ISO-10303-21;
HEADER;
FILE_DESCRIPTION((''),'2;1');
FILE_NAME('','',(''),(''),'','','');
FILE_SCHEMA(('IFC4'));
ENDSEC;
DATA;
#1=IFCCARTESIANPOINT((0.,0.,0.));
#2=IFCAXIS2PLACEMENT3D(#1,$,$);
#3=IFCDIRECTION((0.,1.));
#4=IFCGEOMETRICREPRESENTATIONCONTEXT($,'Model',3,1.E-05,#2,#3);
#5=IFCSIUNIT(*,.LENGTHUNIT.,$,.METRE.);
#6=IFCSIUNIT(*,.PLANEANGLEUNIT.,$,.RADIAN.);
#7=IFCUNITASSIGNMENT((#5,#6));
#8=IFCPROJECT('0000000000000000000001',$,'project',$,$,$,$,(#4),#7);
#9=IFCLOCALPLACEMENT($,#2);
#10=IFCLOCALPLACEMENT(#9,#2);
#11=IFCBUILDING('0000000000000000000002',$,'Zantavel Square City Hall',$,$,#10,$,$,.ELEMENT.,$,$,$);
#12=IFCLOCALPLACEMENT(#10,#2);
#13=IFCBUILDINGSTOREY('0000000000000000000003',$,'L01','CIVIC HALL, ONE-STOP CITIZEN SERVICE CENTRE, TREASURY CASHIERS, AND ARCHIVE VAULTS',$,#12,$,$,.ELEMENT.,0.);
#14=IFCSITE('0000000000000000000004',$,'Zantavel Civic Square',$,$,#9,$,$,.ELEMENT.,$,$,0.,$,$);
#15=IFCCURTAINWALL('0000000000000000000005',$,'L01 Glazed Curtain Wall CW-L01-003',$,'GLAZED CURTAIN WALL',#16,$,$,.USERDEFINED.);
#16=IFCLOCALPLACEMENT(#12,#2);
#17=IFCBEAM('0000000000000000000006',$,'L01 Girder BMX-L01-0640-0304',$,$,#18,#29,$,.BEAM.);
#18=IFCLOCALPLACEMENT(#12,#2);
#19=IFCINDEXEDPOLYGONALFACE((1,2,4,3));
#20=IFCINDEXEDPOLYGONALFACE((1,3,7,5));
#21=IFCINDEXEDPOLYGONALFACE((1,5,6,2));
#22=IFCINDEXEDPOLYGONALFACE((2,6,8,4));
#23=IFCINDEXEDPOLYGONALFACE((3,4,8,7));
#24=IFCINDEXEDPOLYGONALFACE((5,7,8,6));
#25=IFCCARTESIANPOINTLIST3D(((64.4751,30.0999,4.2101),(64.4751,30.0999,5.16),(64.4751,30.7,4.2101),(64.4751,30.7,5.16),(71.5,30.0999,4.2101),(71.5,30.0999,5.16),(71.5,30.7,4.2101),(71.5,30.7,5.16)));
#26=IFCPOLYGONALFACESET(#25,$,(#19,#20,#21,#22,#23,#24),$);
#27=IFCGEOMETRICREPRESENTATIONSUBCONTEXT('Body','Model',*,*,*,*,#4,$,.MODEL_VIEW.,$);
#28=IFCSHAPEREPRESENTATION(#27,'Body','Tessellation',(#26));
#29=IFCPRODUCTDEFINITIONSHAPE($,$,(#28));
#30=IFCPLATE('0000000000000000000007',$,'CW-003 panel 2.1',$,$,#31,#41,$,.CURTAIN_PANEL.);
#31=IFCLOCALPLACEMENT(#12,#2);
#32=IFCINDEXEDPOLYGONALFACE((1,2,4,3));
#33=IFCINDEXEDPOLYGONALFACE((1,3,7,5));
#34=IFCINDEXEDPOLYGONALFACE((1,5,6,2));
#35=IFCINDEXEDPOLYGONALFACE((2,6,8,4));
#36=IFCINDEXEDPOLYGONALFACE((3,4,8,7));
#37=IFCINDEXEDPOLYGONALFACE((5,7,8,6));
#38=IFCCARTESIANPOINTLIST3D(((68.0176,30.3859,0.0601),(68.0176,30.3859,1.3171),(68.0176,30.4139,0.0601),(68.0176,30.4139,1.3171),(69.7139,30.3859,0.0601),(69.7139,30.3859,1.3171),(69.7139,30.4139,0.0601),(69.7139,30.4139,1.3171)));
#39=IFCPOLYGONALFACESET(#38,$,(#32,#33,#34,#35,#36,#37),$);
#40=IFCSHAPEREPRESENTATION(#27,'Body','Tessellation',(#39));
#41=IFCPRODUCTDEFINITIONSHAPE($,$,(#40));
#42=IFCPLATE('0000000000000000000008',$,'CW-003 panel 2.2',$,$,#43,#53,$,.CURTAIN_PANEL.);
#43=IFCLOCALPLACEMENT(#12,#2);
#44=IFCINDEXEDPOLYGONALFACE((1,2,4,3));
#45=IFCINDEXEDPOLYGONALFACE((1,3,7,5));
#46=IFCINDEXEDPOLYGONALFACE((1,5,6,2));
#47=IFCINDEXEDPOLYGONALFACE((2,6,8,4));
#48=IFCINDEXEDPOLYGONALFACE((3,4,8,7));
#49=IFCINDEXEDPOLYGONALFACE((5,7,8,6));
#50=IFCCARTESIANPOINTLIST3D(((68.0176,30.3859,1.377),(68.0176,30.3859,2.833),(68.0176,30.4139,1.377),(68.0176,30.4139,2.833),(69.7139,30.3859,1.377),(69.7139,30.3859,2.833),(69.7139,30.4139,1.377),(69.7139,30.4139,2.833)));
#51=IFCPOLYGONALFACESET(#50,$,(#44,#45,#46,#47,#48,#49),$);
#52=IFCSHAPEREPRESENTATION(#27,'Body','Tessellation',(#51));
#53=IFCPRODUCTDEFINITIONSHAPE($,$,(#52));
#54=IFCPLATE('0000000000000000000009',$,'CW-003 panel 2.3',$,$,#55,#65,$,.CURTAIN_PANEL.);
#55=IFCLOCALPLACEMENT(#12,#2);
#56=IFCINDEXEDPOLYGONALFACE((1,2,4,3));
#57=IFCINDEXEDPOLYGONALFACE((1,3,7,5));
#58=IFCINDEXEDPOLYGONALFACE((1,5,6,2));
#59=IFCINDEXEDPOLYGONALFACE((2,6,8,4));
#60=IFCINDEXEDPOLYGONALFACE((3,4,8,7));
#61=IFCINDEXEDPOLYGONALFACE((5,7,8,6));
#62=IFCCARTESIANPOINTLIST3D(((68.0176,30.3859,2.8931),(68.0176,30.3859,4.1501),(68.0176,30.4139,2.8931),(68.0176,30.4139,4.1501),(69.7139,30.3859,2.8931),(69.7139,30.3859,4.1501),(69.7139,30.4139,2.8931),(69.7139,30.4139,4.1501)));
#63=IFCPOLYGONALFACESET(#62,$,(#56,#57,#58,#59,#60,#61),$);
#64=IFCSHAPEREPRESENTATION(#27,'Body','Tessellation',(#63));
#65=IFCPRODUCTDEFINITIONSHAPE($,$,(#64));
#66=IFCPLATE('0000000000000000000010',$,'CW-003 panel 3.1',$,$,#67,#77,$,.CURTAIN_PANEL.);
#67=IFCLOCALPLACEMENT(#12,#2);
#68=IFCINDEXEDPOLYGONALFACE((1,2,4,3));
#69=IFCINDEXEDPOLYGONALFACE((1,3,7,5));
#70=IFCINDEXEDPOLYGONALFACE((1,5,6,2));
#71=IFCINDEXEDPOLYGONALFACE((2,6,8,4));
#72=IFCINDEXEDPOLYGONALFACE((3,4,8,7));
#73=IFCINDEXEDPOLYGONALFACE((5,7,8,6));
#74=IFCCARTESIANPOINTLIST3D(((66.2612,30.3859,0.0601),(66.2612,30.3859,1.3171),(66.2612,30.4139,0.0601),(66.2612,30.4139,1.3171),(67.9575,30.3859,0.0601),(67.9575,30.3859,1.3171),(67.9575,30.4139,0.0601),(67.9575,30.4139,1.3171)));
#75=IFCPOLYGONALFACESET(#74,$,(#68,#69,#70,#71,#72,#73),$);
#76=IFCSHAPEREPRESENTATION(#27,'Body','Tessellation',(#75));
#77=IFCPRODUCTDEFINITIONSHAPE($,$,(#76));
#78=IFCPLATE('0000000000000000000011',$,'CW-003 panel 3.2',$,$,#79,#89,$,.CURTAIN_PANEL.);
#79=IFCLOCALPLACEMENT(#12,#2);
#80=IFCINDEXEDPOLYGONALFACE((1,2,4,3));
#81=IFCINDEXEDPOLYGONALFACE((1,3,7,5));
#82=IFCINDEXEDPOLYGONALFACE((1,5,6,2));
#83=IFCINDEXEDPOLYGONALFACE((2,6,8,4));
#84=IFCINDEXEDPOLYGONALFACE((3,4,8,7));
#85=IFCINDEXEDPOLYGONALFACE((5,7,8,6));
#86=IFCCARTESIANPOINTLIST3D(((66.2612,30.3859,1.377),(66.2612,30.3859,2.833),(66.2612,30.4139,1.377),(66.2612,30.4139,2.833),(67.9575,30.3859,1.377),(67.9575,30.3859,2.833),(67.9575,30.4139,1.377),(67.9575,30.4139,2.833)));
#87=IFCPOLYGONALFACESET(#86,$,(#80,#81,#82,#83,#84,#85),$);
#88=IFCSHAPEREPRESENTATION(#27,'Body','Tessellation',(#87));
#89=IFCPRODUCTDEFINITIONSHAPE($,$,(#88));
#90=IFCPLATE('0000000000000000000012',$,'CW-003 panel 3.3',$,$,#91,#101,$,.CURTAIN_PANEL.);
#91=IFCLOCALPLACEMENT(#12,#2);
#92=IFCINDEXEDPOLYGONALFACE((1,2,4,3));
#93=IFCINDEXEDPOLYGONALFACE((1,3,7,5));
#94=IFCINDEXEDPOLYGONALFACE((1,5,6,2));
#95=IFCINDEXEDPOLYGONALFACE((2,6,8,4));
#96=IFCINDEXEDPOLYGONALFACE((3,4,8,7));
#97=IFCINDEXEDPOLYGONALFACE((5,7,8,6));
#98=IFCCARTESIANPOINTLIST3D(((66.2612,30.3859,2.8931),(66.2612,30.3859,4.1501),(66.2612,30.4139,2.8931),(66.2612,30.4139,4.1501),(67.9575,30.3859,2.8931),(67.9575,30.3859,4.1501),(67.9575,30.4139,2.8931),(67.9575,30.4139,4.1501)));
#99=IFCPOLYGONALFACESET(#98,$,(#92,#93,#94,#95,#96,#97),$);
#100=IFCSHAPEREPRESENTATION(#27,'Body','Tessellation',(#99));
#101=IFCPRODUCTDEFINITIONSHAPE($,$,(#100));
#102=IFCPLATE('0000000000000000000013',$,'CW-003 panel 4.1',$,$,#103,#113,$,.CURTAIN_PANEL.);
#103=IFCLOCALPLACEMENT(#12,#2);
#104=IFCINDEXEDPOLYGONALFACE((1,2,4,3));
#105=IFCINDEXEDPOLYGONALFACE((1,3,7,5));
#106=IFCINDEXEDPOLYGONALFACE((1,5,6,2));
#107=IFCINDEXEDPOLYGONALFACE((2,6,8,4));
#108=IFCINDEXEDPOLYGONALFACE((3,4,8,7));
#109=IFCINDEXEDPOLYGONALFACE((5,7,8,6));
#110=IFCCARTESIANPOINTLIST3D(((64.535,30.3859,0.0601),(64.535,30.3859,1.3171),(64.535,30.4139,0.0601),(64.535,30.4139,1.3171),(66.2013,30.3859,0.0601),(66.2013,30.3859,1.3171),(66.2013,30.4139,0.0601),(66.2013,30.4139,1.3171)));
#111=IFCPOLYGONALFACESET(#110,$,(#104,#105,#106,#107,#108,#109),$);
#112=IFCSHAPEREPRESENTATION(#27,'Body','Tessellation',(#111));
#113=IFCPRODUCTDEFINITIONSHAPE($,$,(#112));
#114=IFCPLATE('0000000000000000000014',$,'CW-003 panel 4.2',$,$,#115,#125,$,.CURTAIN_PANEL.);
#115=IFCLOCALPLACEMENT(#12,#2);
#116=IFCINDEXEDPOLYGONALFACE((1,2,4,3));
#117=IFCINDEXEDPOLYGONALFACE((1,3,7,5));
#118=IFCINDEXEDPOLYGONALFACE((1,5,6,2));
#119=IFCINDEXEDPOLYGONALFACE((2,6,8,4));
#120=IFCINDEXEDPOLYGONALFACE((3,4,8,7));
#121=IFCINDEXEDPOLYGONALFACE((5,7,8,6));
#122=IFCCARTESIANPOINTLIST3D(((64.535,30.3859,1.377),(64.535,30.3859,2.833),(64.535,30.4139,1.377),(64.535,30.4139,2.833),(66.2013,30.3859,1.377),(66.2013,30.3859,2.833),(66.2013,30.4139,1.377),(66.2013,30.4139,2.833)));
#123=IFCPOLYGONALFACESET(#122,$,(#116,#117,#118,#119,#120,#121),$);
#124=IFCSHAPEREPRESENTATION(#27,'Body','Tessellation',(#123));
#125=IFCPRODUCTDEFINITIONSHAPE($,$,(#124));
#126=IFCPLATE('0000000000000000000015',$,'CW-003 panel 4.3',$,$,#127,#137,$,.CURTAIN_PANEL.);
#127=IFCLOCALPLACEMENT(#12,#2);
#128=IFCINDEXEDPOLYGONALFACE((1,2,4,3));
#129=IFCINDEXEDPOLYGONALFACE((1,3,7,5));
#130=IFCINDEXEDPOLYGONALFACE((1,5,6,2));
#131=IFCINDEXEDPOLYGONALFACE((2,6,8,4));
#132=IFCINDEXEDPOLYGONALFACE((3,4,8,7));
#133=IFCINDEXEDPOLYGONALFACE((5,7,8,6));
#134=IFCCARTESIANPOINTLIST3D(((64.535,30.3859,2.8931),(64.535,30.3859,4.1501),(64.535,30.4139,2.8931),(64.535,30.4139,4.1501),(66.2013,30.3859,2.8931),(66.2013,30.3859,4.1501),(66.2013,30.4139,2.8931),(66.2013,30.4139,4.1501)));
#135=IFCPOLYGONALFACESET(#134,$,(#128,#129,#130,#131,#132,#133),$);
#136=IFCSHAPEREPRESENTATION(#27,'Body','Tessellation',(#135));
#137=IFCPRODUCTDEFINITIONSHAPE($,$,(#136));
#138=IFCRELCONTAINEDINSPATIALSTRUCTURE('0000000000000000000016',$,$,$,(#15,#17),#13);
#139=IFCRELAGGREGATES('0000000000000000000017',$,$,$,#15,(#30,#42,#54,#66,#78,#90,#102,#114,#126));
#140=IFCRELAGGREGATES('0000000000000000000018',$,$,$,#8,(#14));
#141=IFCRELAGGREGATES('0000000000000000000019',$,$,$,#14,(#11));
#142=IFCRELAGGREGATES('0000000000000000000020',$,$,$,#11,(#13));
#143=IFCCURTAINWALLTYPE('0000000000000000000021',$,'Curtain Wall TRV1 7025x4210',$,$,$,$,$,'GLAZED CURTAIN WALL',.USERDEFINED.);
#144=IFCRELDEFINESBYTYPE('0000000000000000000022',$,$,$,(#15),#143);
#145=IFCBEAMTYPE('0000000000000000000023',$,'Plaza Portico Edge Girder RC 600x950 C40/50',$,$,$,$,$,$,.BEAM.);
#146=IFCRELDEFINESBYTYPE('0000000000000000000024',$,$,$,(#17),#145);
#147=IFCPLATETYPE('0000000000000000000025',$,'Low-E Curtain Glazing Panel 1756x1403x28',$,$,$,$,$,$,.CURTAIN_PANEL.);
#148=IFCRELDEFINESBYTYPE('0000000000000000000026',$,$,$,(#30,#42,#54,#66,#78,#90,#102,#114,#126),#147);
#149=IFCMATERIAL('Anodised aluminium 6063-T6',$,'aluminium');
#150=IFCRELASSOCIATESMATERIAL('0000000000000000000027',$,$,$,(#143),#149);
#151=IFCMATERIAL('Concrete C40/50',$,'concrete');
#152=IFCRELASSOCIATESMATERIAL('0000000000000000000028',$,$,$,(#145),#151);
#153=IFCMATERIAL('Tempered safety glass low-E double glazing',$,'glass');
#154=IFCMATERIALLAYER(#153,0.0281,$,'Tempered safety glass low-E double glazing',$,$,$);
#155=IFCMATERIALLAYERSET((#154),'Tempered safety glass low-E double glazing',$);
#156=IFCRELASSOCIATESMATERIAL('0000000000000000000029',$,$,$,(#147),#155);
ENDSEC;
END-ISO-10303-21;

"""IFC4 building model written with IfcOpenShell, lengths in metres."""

from ifc_helpers import new_model, si_unit, direction, frame, origin, origin_2d, place, context, subcontext, project, spatial, rectangle, extrude, material, layer, layer_set, material_profile, profile_set, type_object, element, aggregate, save


model = new_model("IFC4")

# Units and contexts
model_context = context("Model", 3, precision=1e-05, world=origin(), true_north=direction((0.0, 1.0)))
body_context = subcontext(model_context, "Body", "Model", "MODEL_VIEW")
ifc_project = project(units=[si_unit("LENGTHUNIT", "METRE"), si_unit("PLANEANGLEUNIT", "RADIAN")], contexts=[model_context])

# Site, building, storey
site_placement = place(None, origin())
site = spatial("IfcSite", under=ifc_project, at=site_placement, Name="Zantavel Civic Square", CompositionType="ELEMENT", RefElevation=0.0)
building_placement = place(site_placement, origin())
building = spatial("IfcBuilding", under=site, at=building_placement, Name="Zantavel Square City Hall", CompositionType="ELEMENT")
storey_placement = place(building_placement, origin())
storey = spatial("IfcBuildingStorey", under=building, at=storey_placement, Name="L01", Description="CIVIC HALL, ONE-STOP CITIZEN SERVICE CENTRE, TREASURY CASHIERS, AND ARCHIVE VAULTS", CompositionType="ELEMENT", Elevation=0.0)

# Curtain wall
ifc_material_1 = material(Name="Anodised aluminium 6063-T6", Category="aluminium")
curtain_wall_type = type_object("IfcCurtainWallType", Name="Curtain Wall TRV1 7025x4210", ElementType="GLAZED CURTAIN WALL", PredefinedType="USERDEFINED", material=ifc_material_1)
curtain_wall_placement = place(storey_placement, origin())
curtain_wall = element("IfcCurtainWall", 1, at=curtain_wall_placement, inside=storey, type_object=curtain_wall_type, Name="L01 Glazed Curtain Wall CW-L01-003", ObjectType="GLAZED CURTAIN WALL", PredefinedType="USERDEFINED")

# Beam
ifc_material_2 = material(Name="Concrete C40/50", Category="concrete")
ifc_material_profile_1 = material_profile(ifc_material_2, rectangle(XDim=0.6001, YDim=0.95, at=origin_2d()), Name="RC 600x950")
ifc_profile_set_1 = profile_set([ifc_material_profile_1], Name="Concrete C40/50")
beam_type = type_object("IfcBeamType", Name="Plaza Portico Edge Girder RC 600x950 C40/50", PredefinedType="BEAM", material=ifc_profile_set_1)
beam_placement = place(storey_placement, frame((64.4751, 30.3999, 4.6851), z_axis=(1.0, 0.0, 0.0), x_axis=(0.0, 1.0, 0.0)))
element("IfcBeam", 2, at=beam_placement, inside=storey, type_object=beam_type, Name="L01 Girder BMX-L01-0640-0304", PredefinedType="BEAM", context=body_context, shape_type="SweptSolid", body=[
    extrude(rectangle(XDim=0.6001, YDim=0.95, at=origin_2d()), origin(), (0.0, 0.0, 1.0), 7.0249),
])

# Plates
ifc_material_3 = material(Name="Tempered safety glass low-E double glazing", Category="glass")
ifc_layer = layer(ifc_material_3, 0.0281, Name="Tempered safety glass low-E double glazing")
ifc_layer_set = layer_set([ifc_layer], Name="Tempered safety glass low-E double glazing")
plate_type = type_object("IfcPlateType", Name="Low-E Curtain Glazing Panel 1756x1403x28", PredefinedType="CURTAIN_PANEL", material=ifc_layer_set)
plate_1_placement = place(storey_placement, frame((68.8657, 30.3999, 0.0601), z_axis=(0.0, 0.0, 1.0), x_axis=(-1.0, 0.0, 0.0)))
plate_1 = element("IfcPlate", 3, at=plate_1_placement, type_object=plate_type, Name="CW-003 panel 2.1", PredefinedType="CURTAIN_PANEL", context=body_context, shape_type="SweptSolid", body=[
    extrude(rectangle(XDim=1.6963, YDim=0.0281, at=origin_2d()), origin(), (0.0, 0.0, 1.0), 1.2571),
])
plate_2_placement = place(storey_placement, frame((68.8657, 30.3999, 1.377), z_axis=(0.0, 0.0, 1.0), x_axis=(-1.0, 0.0, 0.0)))
plate_2 = element("IfcPlate", 4, at=plate_2_placement, type_object=plate_type, Name="CW-003 panel 2.2", PredefinedType="CURTAIN_PANEL", context=body_context, shape_type="SweptSolid", body=[
    extrude(rectangle(XDim=1.6963, YDim=0.0281, at=origin_2d()), origin(), (0.0, 0.0, 1.0), 1.4561),
])
plate_3_placement = place(storey_placement, frame((68.8657, 30.3999, 2.8931), z_axis=(0.0, 0.0, 1.0), x_axis=(-1.0, 0.0, 0.0)))
plate_3 = element("IfcPlate", 5, at=plate_3_placement, type_object=plate_type, Name="CW-003 panel 2.3", PredefinedType="CURTAIN_PANEL", context=body_context, shape_type="SweptSolid", body=[
    extrude(rectangle(XDim=1.6963, YDim=0.0281, at=origin_2d()), origin(), (0.0, 0.0, 1.0), 1.2571),
])
plate_4_placement = place(storey_placement, frame((67.1094, 30.3999, 0.0601), z_axis=(0.0, 0.0, 1.0), x_axis=(-1.0, 0.0, 0.0)))
plate_4 = element("IfcPlate", 6, at=plate_4_placement, type_object=plate_type, Name="CW-003 panel 3.1", PredefinedType="CURTAIN_PANEL", context=body_context, shape_type="SweptSolid", body=[
    extrude(rectangle(XDim=1.6963, YDim=0.0281, at=origin_2d()), origin(), (0.0, 0.0, 1.0), 1.2571),
])
plate_5_placement = place(storey_placement, frame((67.1094, 30.3999, 1.377), z_axis=(0.0, 0.0, 1.0), x_axis=(-1.0, 0.0, 0.0)))
plate_5 = element("IfcPlate", 7, at=plate_5_placement, type_object=plate_type, Name="CW-003 panel 3.2", PredefinedType="CURTAIN_PANEL", context=body_context, shape_type="SweptSolid", body=[
    extrude(rectangle(XDim=1.6963, YDim=0.0281, at=origin_2d()), origin(), (0.0, 0.0, 1.0), 1.4561),
])
plate_6_placement = place(storey_placement, frame((67.1094, 30.3999, 2.8931), z_axis=(0.0, 0.0, 1.0), x_axis=(-1.0, 0.0, 0.0)))
plate_6 = element("IfcPlate", 8, at=plate_6_placement, type_object=plate_type, Name="CW-003 panel 3.3", PredefinedType="CURTAIN_PANEL", context=body_context, shape_type="SweptSolid", body=[
    extrude(rectangle(XDim=1.6963, YDim=0.0281, at=origin_2d()), origin(), (0.0, 0.0, 1.0), 1.2571),
])
plate_7_placement = place(storey_placement, frame((65.3682, 30.3999, 0.0601), z_axis=(0.0, 0.0, 1.0), x_axis=(-1.0, 0.0, 0.0)))
plate_7 = element("IfcPlate", 9, at=plate_7_placement, type_object=plate_type, Name="CW-003 panel 4.1", PredefinedType="CURTAIN_PANEL", context=body_context, shape_type="SweptSolid", body=[
    extrude(rectangle(XDim=1.6663, YDim=0.0281, at=origin_2d()), origin(), (0.0, 0.0, 1.0), 1.2571),
])
plate_8_placement = place(storey_placement, frame((65.3682, 30.3999, 1.377), z_axis=(0.0, 0.0, 1.0), x_axis=(-1.0, 0.0, 0.0)))
plate_8 = element("IfcPlate", 10, at=plate_8_placement, type_object=plate_type, Name="CW-003 panel 4.2", PredefinedType="CURTAIN_PANEL", context=body_context, shape_type="SweptSolid", body=[
    extrude(rectangle(XDim=1.6663, YDim=0.0281, at=origin_2d()), origin(), (0.0, 0.0, 1.0), 1.4561),
])
plate_9_placement = place(storey_placement, frame((65.3682, 30.3999, 2.8931), z_axis=(0.0, 0.0, 1.0), x_axis=(-1.0, 0.0, 0.0)))
plate_9 = element("IfcPlate", 11, at=plate_9_placement, type_object=plate_type, Name="CW-003 panel 4.3", PredefinedType="CURTAIN_PANEL", context=body_context, shape_type="SweptSolid", body=[
    extrude(rectangle(XDim=1.6663, YDim=0.0281, at=origin_2d()), origin(), (0.0, 0.0, 1.0), 1.2571),
])
aggregate(curtain_wall, [plate_1, plate_2, plate_3, plate_4, plate_5, plate_6, plate_7, plate_8, plate_9])

save(model, "model.ifc")
